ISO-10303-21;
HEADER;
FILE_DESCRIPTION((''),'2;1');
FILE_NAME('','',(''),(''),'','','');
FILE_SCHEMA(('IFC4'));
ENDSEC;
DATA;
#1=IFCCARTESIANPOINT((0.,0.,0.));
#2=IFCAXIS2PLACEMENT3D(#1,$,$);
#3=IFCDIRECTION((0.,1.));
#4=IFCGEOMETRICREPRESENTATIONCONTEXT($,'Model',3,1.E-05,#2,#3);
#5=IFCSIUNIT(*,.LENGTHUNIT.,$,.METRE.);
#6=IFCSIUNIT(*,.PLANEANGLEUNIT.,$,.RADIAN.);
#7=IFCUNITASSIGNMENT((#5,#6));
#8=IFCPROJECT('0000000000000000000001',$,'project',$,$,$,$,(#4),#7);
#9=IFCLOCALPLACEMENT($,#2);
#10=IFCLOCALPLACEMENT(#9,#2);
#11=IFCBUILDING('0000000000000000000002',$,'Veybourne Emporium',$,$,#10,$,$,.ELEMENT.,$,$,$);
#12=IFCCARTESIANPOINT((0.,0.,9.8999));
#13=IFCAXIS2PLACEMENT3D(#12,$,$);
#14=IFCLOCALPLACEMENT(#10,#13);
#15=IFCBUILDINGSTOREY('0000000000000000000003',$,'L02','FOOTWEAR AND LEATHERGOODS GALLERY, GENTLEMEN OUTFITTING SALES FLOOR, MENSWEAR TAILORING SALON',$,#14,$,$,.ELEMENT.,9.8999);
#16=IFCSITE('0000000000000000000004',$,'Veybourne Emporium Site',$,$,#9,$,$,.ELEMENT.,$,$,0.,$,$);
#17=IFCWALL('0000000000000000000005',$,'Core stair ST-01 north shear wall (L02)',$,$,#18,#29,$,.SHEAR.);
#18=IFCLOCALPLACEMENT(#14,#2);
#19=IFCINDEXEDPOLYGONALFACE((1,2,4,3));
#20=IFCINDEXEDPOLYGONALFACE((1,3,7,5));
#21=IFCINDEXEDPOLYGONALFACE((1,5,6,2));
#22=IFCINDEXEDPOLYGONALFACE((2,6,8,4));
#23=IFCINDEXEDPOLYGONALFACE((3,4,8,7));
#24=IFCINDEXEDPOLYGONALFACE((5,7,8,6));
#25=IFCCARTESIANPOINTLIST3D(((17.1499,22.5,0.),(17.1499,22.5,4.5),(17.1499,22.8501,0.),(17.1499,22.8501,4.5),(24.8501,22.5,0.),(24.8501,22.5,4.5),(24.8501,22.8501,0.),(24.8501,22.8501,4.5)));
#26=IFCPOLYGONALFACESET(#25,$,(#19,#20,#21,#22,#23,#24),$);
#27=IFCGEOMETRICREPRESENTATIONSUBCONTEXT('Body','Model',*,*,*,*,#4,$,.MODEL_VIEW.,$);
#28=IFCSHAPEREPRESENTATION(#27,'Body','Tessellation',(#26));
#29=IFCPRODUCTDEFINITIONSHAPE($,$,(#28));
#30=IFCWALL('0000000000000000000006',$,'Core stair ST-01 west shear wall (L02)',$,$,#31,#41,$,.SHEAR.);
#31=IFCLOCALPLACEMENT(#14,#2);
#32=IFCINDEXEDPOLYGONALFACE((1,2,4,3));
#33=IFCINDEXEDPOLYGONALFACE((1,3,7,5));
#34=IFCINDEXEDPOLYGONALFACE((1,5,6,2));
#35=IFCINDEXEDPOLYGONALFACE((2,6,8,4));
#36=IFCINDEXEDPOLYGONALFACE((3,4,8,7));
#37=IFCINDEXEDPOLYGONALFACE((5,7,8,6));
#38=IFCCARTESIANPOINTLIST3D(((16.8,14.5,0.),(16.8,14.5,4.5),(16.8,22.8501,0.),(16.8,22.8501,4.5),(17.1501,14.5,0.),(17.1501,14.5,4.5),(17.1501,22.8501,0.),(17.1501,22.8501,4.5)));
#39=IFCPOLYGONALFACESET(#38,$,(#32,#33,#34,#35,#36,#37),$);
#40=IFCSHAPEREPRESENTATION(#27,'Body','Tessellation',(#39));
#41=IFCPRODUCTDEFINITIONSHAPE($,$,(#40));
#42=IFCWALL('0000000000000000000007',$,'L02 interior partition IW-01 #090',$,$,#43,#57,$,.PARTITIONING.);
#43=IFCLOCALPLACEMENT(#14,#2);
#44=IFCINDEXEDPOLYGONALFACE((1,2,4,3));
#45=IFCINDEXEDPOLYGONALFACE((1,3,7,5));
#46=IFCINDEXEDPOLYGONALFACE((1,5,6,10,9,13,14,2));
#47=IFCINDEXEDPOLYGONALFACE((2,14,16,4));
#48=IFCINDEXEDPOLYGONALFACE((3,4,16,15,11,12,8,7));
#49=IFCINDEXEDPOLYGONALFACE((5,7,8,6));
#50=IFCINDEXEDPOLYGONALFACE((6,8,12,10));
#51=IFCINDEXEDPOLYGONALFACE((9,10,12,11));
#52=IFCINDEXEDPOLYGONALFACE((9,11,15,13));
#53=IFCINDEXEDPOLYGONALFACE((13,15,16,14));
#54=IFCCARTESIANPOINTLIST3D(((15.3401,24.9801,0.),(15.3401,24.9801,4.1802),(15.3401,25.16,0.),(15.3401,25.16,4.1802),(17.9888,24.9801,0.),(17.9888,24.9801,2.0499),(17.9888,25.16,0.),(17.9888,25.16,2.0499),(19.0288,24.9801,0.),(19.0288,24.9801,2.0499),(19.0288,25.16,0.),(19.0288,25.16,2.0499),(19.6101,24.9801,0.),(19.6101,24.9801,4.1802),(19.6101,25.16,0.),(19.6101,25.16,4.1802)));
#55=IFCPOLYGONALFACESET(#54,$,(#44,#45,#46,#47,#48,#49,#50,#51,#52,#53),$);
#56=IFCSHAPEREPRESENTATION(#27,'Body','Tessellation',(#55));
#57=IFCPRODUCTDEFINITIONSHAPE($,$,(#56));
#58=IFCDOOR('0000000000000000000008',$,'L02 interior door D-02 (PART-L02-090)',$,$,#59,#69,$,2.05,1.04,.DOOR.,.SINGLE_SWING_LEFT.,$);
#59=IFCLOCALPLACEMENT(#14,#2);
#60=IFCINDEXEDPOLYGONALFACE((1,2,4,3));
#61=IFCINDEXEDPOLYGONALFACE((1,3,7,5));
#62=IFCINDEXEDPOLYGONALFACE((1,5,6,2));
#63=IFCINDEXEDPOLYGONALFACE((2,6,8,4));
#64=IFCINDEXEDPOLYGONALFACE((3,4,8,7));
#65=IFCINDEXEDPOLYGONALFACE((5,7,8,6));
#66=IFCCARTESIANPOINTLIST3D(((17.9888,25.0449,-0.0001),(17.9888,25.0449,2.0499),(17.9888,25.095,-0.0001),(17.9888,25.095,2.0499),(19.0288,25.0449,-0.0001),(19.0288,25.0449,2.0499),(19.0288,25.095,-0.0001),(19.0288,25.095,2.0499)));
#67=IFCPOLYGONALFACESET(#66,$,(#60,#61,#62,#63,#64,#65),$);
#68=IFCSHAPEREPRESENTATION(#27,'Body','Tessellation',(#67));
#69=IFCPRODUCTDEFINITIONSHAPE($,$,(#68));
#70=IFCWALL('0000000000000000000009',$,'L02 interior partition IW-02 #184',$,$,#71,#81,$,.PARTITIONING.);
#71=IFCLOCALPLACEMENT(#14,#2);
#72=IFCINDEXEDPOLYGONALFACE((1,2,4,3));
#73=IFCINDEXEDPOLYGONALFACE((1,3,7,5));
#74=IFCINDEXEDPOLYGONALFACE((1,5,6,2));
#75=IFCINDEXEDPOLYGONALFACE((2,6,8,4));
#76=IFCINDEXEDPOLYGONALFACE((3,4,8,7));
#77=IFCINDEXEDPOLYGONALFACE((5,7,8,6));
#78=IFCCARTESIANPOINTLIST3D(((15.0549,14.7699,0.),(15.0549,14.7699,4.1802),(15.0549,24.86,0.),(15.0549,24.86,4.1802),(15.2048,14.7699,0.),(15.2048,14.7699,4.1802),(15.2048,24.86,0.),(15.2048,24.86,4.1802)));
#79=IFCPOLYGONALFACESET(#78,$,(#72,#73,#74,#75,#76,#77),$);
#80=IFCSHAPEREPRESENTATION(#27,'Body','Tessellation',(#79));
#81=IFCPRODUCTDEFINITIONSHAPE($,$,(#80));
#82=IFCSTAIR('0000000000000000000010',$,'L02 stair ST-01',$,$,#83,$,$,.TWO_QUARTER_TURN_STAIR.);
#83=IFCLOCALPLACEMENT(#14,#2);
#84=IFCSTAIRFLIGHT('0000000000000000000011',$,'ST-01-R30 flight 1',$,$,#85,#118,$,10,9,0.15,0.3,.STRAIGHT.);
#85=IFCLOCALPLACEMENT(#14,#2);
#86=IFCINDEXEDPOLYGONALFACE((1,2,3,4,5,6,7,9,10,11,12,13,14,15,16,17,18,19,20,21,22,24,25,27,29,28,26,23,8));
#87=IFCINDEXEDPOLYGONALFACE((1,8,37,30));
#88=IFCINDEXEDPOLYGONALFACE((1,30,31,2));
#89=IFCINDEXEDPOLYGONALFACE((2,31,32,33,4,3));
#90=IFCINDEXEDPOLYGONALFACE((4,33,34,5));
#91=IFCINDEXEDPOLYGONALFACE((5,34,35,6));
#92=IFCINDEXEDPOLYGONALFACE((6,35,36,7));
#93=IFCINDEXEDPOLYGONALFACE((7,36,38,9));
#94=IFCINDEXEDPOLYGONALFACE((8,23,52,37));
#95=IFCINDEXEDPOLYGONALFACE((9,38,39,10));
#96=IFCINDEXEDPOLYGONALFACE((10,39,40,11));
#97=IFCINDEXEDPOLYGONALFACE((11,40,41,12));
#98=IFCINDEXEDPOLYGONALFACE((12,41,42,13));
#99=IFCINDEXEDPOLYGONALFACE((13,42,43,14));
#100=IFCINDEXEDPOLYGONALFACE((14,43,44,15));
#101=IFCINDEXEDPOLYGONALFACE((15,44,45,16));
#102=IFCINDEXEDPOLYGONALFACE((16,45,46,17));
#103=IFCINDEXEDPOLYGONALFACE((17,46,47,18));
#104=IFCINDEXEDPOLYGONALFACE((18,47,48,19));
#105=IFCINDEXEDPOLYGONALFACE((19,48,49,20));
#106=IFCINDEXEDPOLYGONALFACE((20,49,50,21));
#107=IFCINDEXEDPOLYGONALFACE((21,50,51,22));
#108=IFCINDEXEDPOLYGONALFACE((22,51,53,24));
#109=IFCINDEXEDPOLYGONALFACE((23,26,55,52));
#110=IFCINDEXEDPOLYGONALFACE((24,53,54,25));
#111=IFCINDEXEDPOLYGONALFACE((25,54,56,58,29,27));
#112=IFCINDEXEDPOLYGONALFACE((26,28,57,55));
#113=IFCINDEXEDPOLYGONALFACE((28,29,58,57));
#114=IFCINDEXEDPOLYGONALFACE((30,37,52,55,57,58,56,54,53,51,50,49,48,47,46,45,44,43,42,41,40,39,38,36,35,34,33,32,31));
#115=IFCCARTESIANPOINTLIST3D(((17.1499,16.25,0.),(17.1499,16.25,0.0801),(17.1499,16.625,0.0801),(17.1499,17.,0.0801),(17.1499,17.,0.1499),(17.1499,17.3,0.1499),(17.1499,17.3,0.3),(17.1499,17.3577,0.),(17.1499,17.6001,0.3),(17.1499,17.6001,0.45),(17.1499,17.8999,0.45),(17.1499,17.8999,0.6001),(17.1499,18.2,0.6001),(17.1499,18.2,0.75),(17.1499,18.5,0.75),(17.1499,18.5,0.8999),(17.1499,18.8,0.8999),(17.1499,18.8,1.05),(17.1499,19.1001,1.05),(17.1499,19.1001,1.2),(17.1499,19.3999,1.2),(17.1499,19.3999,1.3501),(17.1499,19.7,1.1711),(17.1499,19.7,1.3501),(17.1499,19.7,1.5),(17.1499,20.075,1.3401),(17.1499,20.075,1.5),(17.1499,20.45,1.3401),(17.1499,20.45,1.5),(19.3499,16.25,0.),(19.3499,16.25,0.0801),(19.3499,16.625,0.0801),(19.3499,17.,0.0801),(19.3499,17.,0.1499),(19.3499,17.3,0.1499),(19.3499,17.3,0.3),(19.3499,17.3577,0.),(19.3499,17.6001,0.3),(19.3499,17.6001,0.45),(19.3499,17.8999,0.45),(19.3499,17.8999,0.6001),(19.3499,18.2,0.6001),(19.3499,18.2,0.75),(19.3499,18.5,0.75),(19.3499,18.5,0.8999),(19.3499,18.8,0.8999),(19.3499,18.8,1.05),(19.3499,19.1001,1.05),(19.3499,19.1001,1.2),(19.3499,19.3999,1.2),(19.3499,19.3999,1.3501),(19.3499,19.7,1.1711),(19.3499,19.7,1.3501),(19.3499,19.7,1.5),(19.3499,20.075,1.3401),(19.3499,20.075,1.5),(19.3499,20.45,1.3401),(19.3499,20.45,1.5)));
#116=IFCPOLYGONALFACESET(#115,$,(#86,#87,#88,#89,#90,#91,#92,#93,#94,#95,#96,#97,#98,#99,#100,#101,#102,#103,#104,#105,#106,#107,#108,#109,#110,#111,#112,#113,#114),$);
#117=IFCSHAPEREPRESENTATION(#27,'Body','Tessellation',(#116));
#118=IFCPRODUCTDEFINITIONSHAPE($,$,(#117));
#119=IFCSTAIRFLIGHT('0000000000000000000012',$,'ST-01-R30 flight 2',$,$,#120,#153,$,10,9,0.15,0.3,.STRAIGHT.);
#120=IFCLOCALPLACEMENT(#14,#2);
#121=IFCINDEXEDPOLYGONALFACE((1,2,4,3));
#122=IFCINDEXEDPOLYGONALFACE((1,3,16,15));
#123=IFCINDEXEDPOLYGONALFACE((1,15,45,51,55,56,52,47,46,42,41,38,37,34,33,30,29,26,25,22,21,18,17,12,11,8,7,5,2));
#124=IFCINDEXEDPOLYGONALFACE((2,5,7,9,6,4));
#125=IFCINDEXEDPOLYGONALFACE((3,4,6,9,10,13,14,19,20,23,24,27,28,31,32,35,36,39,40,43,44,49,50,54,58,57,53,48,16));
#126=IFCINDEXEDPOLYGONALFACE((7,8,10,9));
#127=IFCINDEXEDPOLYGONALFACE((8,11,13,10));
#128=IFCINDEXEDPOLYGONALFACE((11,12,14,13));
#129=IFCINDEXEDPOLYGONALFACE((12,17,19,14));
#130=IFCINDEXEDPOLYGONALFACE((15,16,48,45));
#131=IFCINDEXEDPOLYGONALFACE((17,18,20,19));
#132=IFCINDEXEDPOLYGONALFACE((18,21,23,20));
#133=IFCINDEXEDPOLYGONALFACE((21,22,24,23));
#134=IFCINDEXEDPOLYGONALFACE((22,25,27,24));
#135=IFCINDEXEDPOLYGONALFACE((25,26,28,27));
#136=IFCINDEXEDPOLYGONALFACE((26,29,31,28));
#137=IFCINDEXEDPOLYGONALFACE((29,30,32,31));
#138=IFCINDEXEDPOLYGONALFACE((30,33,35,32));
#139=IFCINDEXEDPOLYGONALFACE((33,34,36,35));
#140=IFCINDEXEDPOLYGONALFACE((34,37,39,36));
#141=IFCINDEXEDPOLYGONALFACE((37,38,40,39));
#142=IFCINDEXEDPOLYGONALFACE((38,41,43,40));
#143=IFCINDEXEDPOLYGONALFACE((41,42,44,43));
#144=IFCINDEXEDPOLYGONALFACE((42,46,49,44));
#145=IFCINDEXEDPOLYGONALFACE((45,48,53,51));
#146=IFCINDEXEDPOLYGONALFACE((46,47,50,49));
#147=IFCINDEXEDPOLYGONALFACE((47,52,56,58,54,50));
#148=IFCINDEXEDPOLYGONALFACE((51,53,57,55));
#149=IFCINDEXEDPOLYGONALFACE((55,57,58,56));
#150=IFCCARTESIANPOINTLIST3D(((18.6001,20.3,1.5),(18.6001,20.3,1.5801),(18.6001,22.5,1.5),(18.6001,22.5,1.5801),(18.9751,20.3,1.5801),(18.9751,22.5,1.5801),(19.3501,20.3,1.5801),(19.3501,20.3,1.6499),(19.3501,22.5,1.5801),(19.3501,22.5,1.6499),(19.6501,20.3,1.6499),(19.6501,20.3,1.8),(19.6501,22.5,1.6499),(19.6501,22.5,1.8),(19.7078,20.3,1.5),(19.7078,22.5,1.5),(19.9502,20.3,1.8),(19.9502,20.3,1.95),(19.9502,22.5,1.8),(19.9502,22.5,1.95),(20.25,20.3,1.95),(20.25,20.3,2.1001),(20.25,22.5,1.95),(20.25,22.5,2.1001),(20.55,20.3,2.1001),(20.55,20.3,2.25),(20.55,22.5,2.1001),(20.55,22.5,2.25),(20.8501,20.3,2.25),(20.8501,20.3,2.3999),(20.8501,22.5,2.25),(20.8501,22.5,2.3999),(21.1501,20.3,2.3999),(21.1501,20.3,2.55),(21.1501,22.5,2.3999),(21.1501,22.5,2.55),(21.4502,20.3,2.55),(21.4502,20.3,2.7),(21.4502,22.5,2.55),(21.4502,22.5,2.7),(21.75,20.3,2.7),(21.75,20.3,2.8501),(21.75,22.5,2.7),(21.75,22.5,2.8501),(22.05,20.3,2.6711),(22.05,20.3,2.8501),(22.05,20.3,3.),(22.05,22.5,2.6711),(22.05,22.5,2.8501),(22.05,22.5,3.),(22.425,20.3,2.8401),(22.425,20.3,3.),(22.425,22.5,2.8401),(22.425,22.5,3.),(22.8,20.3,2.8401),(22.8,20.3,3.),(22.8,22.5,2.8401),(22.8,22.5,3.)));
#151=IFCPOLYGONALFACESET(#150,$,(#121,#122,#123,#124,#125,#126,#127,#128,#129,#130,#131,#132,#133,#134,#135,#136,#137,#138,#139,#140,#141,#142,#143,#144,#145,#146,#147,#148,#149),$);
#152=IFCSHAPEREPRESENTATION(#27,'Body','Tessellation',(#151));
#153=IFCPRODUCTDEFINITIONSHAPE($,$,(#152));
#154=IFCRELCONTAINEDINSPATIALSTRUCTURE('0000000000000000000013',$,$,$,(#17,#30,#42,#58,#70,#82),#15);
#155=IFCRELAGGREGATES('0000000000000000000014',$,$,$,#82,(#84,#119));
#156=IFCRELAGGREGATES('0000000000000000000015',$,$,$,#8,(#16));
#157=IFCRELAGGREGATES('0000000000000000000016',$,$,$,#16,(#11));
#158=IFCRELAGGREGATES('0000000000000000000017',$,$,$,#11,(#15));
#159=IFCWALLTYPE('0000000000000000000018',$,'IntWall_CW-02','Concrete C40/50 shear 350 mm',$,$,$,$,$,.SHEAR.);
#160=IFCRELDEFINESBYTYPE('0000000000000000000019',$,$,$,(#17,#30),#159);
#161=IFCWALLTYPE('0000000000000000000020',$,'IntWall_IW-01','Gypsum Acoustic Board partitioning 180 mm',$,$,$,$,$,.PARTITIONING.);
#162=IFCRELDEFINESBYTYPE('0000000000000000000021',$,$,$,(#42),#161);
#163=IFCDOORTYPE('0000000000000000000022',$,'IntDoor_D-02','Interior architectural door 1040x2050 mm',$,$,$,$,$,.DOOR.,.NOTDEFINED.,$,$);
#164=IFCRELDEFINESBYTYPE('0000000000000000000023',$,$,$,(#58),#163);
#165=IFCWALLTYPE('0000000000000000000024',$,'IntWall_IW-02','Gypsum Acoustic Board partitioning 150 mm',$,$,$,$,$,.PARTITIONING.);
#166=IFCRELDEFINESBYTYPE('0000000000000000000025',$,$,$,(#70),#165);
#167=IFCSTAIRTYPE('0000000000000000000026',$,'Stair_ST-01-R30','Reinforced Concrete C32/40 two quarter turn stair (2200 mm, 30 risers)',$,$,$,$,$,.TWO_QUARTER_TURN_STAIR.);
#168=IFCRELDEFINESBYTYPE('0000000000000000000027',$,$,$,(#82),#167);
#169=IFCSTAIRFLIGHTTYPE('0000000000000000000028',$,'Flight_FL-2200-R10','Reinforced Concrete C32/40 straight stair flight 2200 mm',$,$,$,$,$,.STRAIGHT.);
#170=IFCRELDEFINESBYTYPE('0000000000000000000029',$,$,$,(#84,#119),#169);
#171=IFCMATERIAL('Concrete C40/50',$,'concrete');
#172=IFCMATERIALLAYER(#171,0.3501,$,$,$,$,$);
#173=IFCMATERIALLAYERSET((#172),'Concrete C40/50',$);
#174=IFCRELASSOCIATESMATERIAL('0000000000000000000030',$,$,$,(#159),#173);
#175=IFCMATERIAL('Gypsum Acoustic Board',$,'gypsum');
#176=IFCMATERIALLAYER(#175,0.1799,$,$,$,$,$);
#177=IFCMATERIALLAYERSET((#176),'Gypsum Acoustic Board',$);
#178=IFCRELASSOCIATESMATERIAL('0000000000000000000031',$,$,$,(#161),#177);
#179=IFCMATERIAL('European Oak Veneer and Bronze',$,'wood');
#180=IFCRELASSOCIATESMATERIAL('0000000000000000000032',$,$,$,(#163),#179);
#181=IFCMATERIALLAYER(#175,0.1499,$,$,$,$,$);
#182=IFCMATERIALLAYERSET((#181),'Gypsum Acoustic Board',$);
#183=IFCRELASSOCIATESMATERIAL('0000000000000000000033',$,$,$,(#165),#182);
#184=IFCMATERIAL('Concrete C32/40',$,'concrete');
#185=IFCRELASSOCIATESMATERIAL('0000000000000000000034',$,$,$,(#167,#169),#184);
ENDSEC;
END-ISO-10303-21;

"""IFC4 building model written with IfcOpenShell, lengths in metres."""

from ifc_helpers import new_model, si_unit, direction, frame, frame_2d, origin, place, context, subcontext, project, spatial, polyline, rectangle, outline, extrude, material, layer, layer_set, type_object, element, fill, aggregate, save


model = new_model("IFC4")

# Units and contexts
model_context = context("Model", 3, precision=1e-05, world=origin(), true_north=direction((0.0, 1.0)))
body_context = subcontext(model_context, "Body", "Model", "MODEL_VIEW")
ifc_project = project(units=[si_unit("LENGTHUNIT", "METRE"), si_unit("PLANEANGLEUNIT", "RADIAN")], contexts=[model_context])

# Site, building, storey
site_placement = place(None, origin())
site = spatial("IfcSite", under=ifc_project, at=site_placement, Name="Veybourne Emporium Site", CompositionType="ELEMENT", RefElevation=0.0)
building_placement = place(site_placement, origin())
building = spatial("IfcBuilding", under=site, at=building_placement, Name="Veybourne Emporium", CompositionType="ELEMENT")
storey_placement = place(building_placement, frame((0.0, 0.0, 9.8999)))
storey = spatial("IfcBuildingStorey", under=building, at=storey_placement, Name="L02", Description="FOOTWEAR AND LEATHERGOODS GALLERY, GENTLEMEN OUTFITTING SALES FLOOR, MENSWEAR TAILORING SALON", CompositionType="ELEMENT", Elevation=9.8999)

# Shared definitions
ifc_material_1 = material(Name="Concrete C40/50", Category="concrete")

# Shared definitions
ifc_material_2 = material(Name="Concrete C32/40", Category="concrete")

# Walls
ifc_layer_1 = layer(ifc_material_1, 0.3501)
ifc_layer_set_1 = layer_set([ifc_layer_1], Name="Concrete C40/50")
wall_type_1 = type_object("IfcWallType", Name="IntWall_CW-02", Description="Concrete C40/50 shear 350 mm", PredefinedType="SHEAR", material=ifc_layer_set_1)
wall_1_placement = place(storey_placement, frame((17.1499, 22.675, 0.0), z_axis=(0.0, 0.0, 1.0), x_axis=(1.0, 0.0, 0.0)))
element("IfcWall", 1, at=wall_1_placement, inside=storey, type_object=wall_type_1, Name="Core stair ST-01 north shear wall (L02)", PredefinedType="SHEAR", context=body_context, shape_type="SweptSolid", body=[
    extrude(rectangle(XDim=7.7002, YDim=0.3501, at=frame_2d((3.8501, 0.0))), origin(), (0.0, 0.0, 1.0), 4.5),
])
wall_2_placement = place(storey_placement, frame((16.9751, 22.8501, 0.0), z_axis=(0.0, 0.0, 1.0), x_axis=(0.0, -1.0, 0.0)))
element("IfcWall", 2, at=wall_2_placement, inside=storey, type_object=wall_type_1, Name="Core stair ST-01 west shear wall (L02)", PredefinedType="SHEAR", context=body_context, shape_type="SweptSolid", body=[
    extrude(rectangle(XDim=8.3501, YDim=0.3501, at=frame_2d((4.175, 0.0))), origin(), (0.0, 0.0, 1.0), 4.5),
])

# Wall, opening, door
ifc_material_3 = material(Name="Gypsum Acoustic Board", Category="gypsum")
ifc_layer_2 = layer(ifc_material_3, 0.1799)
ifc_layer_set_2 = layer_set([ifc_layer_2], Name="Gypsum Acoustic Board")
wall_type_2 = type_object("IfcWallType", Name="IntWall_IW-01", Description="Gypsum Acoustic Board partitioning 180 mm", PredefinedType="PARTITIONING", material=ifc_layer_set_2)
wall_3_placement = place(storey_placement, frame((15.3401, 25.0701, 0.0), z_axis=(0.0, 0.0, 1.0), x_axis=(1.0, 0.0, 0.0)))
wall_3 = element("IfcWall", 3, at=wall_3_placement, inside=storey, type_object=wall_type_2, Name="L02 interior partition IW-01 #090", PredefinedType="PARTITIONING", context=body_context, shape_type="SweptSolid", body=[
    extrude(rectangle(XDim=4.27, YDim=0.1799, at=frame_2d((2.135, 0.0))), origin(), (0.0, 0.0, 1.0), 4.1802),
])
opening_placement = place(wall_3_placement, frame((2.6487, 0.0, 0.0)))
opening = element("IfcOpeningElement", 4, at=opening_placement, cuts=wall_3, PredefinedType="OPENING", context=body_context, shape_type="SweptSolid", body=[
    extrude(rectangle(XDim=1.04, YDim=2.05, at=frame_2d((0.52, 1.0249))), frame((0.0, 0.1099, 0.0), z_axis=(0.0, -1.0, 0.0), x_axis=(1.0, 0.0, 0.0)), (0.0, 0.0, 1.0), 0.22),
])
ifc_material_4 = material(Name="European Oak Veneer and Bronze", Category="wood")
door_type = type_object("IfcDoorType", Name="IntDoor_D-02", Description="Interior architectural door 1040x2050 mm", OperationType="NOTDEFINED", PredefinedType="DOOR", material=ifc_material_4)
door_placement = place(opening_placement, origin())
door = element("IfcDoor", 5, at=door_placement, inside=storey, type_object=door_type, Name="L02 interior door D-02 (PART-L02-090)", OperationType="SINGLE_SWING_LEFT", OverallHeight=2.05, OverallWidth=1.04, PredefinedType="DOOR", context=body_context, shape_type="SweptSolid", body=[
    extrude(rectangle(XDim=1.04, YDim=2.05, at=frame_2d((0.52, 1.0249))), frame((0.0, 0.0249, 0.0), z_axis=(0.0, -1.0, 0.0), x_axis=(1.0, 0.0, 0.0)), (0.0, 0.0, 1.0), 0.05),
])
fill(opening, door)

# Wall
ifc_layer_3 = layer(ifc_material_3, 0.1499)
ifc_layer_set_3 = layer_set([ifc_layer_3], Name="Gypsum Acoustic Board")
wall_type_3 = type_object("IfcWallType", Name="IntWall_IW-02", Description="Gypsum Acoustic Board partitioning 150 mm", PredefinedType="PARTITIONING", material=ifc_layer_set_3)
wall_4_placement = place(storey_placement, frame((15.1299, 14.77, 0.0), z_axis=(0.0, 0.0, 1.0), x_axis=(0.0, 1.0, 0.0)))
element("IfcWall", 6, at=wall_4_placement, inside=storey, type_object=wall_type_3, Name="L02 interior partition IW-02 #184", PredefinedType="PARTITIONING", context=body_context, shape_type="SweptSolid", body=[
    extrude(rectangle(XDim=10.0901, YDim=0.1499, at=frame_2d((5.0449, 0.0))), origin(), (0.0, 0.0, 1.0), 4.1802),
])

# Stair, stair flights
stair_type = type_object("IfcStairType", Name="Stair_ST-01-R30", Description="Reinforced Concrete C32/40 two quarter turn stair (2200 mm, 30 risers)", PredefinedType="TWO_QUARTER_TURN_STAIR", material=ifc_material_2)
stair_placement = place(storey_placement, origin())
stair = element("IfcStair", 7, at=stair_placement, inside=storey, type_object=stair_type, Name="L02 stair ST-01", PredefinedType="TWO_QUARTER_TURN_STAIR")
stair_flight_type = type_object("IfcStairFlightType", Name="Flight_FL-2200-R10", Description="Reinforced Concrete C32/40 straight stair flight 2200 mm", PredefinedType="STRAIGHT", material=ifc_material_2)
stair_flight_1_placement = place(storey_placement, frame((18.25, 17.0, 0.0), z_axis=(0.0, 0.0, 1.0), x_axis=(0.0, 1.0, 0.0)))
stair_flight_1 = element("IfcStairFlight", 8, at=stair_flight_1_placement, type_object=stair_flight_type, Name="ST-01-R30 flight 1", NumberOfRisers=10, NumberOfTreads=9, PredefinedType="STRAIGHT", RiserHeight=0.15, TreadLength=0.3, context=body_context, shape_type="SweptSolid", body=[
    extrude(outline(polyline([(-0.75, 0.0), (-0.75, 0.0801), (-0.375, 0.0801), (0.0, 0.0801), (0.0, 0.1499), (0.3, 0.1499), (0.3, 0.3), (0.6001, 0.3), (0.6001, 0.45), (0.8999, 0.45), (0.8999, 0.6001), (1.2, 0.6001), (1.2, 0.75), (1.5, 0.75), (1.5, 0.8999), (1.8, 0.8999), (1.8, 1.05), (2.1001, 1.05), (2.1001, 1.2), (2.3999, 1.2), (2.3999, 1.3501), (2.7, 1.3501), (2.7, 1.5), (3.075, 1.5), (3.45, 1.5), (3.45, 1.3401), (3.075, 1.3401), (2.7, 1.1711), (0.3577, 0.0), (-0.75, 0.0)])), frame((0.0, 1.1001, 0.0), z_axis=(0.0, -1.0, 0.0), x_axis=(1.0, 0.0, 0.0)), (0.0, 0.0, 1.0), 2.2),
])
stair_flight_2_placement = place(storey_placement, frame((19.3501, 21.3999, 1.5), z_axis=(0.0, 0.0, 1.0), x_axis=(1.0, 0.0, 0.0)))
stair_flight_2 = element("IfcStairFlight", 9, at=stair_flight_2_placement, type_object=stair_flight_type, Name="ST-01-R30 flight 2", NumberOfRisers=10, NumberOfTreads=9, PredefinedType="STRAIGHT", RiserHeight=0.15, TreadLength=0.3, context=body_context, shape_type="SweptSolid", body=[
    extrude(outline(polyline([(-0.75, 0.0), (-0.75, 0.0801), (-0.375, 0.0801), (0.0, 0.0801), (0.0, 0.1499), (0.3, 0.1499), (0.3, 0.3), (0.6001, 0.3), (0.6001, 0.45), (0.8999, 0.45), (0.8999, 0.6001), (1.2, 0.6001), (1.2, 0.75), (1.5, 0.75), (1.5, 0.8999), (1.8, 0.8999), (1.8, 1.05), (2.1001, 1.05), (2.1001, 1.2), (2.3999, 1.2), (2.3999, 1.3501), (2.7, 1.3501), (2.7, 1.5), (3.075, 1.5), (3.45, 1.5), (3.45, 1.3401), (3.075, 1.3401), (2.7, 1.1711), (0.3577, 0.0), (-0.75, 0.0)])), frame((0.0, 1.1001, 0.0), z_axis=(0.0, -1.0, 0.0), x_axis=(1.0, 0.0, 0.0)), (0.0, 0.0, 1.0), 2.2),
])
aggregate(stair, [stair_flight_1, stair_flight_2])

save(model, "model.ifc")
